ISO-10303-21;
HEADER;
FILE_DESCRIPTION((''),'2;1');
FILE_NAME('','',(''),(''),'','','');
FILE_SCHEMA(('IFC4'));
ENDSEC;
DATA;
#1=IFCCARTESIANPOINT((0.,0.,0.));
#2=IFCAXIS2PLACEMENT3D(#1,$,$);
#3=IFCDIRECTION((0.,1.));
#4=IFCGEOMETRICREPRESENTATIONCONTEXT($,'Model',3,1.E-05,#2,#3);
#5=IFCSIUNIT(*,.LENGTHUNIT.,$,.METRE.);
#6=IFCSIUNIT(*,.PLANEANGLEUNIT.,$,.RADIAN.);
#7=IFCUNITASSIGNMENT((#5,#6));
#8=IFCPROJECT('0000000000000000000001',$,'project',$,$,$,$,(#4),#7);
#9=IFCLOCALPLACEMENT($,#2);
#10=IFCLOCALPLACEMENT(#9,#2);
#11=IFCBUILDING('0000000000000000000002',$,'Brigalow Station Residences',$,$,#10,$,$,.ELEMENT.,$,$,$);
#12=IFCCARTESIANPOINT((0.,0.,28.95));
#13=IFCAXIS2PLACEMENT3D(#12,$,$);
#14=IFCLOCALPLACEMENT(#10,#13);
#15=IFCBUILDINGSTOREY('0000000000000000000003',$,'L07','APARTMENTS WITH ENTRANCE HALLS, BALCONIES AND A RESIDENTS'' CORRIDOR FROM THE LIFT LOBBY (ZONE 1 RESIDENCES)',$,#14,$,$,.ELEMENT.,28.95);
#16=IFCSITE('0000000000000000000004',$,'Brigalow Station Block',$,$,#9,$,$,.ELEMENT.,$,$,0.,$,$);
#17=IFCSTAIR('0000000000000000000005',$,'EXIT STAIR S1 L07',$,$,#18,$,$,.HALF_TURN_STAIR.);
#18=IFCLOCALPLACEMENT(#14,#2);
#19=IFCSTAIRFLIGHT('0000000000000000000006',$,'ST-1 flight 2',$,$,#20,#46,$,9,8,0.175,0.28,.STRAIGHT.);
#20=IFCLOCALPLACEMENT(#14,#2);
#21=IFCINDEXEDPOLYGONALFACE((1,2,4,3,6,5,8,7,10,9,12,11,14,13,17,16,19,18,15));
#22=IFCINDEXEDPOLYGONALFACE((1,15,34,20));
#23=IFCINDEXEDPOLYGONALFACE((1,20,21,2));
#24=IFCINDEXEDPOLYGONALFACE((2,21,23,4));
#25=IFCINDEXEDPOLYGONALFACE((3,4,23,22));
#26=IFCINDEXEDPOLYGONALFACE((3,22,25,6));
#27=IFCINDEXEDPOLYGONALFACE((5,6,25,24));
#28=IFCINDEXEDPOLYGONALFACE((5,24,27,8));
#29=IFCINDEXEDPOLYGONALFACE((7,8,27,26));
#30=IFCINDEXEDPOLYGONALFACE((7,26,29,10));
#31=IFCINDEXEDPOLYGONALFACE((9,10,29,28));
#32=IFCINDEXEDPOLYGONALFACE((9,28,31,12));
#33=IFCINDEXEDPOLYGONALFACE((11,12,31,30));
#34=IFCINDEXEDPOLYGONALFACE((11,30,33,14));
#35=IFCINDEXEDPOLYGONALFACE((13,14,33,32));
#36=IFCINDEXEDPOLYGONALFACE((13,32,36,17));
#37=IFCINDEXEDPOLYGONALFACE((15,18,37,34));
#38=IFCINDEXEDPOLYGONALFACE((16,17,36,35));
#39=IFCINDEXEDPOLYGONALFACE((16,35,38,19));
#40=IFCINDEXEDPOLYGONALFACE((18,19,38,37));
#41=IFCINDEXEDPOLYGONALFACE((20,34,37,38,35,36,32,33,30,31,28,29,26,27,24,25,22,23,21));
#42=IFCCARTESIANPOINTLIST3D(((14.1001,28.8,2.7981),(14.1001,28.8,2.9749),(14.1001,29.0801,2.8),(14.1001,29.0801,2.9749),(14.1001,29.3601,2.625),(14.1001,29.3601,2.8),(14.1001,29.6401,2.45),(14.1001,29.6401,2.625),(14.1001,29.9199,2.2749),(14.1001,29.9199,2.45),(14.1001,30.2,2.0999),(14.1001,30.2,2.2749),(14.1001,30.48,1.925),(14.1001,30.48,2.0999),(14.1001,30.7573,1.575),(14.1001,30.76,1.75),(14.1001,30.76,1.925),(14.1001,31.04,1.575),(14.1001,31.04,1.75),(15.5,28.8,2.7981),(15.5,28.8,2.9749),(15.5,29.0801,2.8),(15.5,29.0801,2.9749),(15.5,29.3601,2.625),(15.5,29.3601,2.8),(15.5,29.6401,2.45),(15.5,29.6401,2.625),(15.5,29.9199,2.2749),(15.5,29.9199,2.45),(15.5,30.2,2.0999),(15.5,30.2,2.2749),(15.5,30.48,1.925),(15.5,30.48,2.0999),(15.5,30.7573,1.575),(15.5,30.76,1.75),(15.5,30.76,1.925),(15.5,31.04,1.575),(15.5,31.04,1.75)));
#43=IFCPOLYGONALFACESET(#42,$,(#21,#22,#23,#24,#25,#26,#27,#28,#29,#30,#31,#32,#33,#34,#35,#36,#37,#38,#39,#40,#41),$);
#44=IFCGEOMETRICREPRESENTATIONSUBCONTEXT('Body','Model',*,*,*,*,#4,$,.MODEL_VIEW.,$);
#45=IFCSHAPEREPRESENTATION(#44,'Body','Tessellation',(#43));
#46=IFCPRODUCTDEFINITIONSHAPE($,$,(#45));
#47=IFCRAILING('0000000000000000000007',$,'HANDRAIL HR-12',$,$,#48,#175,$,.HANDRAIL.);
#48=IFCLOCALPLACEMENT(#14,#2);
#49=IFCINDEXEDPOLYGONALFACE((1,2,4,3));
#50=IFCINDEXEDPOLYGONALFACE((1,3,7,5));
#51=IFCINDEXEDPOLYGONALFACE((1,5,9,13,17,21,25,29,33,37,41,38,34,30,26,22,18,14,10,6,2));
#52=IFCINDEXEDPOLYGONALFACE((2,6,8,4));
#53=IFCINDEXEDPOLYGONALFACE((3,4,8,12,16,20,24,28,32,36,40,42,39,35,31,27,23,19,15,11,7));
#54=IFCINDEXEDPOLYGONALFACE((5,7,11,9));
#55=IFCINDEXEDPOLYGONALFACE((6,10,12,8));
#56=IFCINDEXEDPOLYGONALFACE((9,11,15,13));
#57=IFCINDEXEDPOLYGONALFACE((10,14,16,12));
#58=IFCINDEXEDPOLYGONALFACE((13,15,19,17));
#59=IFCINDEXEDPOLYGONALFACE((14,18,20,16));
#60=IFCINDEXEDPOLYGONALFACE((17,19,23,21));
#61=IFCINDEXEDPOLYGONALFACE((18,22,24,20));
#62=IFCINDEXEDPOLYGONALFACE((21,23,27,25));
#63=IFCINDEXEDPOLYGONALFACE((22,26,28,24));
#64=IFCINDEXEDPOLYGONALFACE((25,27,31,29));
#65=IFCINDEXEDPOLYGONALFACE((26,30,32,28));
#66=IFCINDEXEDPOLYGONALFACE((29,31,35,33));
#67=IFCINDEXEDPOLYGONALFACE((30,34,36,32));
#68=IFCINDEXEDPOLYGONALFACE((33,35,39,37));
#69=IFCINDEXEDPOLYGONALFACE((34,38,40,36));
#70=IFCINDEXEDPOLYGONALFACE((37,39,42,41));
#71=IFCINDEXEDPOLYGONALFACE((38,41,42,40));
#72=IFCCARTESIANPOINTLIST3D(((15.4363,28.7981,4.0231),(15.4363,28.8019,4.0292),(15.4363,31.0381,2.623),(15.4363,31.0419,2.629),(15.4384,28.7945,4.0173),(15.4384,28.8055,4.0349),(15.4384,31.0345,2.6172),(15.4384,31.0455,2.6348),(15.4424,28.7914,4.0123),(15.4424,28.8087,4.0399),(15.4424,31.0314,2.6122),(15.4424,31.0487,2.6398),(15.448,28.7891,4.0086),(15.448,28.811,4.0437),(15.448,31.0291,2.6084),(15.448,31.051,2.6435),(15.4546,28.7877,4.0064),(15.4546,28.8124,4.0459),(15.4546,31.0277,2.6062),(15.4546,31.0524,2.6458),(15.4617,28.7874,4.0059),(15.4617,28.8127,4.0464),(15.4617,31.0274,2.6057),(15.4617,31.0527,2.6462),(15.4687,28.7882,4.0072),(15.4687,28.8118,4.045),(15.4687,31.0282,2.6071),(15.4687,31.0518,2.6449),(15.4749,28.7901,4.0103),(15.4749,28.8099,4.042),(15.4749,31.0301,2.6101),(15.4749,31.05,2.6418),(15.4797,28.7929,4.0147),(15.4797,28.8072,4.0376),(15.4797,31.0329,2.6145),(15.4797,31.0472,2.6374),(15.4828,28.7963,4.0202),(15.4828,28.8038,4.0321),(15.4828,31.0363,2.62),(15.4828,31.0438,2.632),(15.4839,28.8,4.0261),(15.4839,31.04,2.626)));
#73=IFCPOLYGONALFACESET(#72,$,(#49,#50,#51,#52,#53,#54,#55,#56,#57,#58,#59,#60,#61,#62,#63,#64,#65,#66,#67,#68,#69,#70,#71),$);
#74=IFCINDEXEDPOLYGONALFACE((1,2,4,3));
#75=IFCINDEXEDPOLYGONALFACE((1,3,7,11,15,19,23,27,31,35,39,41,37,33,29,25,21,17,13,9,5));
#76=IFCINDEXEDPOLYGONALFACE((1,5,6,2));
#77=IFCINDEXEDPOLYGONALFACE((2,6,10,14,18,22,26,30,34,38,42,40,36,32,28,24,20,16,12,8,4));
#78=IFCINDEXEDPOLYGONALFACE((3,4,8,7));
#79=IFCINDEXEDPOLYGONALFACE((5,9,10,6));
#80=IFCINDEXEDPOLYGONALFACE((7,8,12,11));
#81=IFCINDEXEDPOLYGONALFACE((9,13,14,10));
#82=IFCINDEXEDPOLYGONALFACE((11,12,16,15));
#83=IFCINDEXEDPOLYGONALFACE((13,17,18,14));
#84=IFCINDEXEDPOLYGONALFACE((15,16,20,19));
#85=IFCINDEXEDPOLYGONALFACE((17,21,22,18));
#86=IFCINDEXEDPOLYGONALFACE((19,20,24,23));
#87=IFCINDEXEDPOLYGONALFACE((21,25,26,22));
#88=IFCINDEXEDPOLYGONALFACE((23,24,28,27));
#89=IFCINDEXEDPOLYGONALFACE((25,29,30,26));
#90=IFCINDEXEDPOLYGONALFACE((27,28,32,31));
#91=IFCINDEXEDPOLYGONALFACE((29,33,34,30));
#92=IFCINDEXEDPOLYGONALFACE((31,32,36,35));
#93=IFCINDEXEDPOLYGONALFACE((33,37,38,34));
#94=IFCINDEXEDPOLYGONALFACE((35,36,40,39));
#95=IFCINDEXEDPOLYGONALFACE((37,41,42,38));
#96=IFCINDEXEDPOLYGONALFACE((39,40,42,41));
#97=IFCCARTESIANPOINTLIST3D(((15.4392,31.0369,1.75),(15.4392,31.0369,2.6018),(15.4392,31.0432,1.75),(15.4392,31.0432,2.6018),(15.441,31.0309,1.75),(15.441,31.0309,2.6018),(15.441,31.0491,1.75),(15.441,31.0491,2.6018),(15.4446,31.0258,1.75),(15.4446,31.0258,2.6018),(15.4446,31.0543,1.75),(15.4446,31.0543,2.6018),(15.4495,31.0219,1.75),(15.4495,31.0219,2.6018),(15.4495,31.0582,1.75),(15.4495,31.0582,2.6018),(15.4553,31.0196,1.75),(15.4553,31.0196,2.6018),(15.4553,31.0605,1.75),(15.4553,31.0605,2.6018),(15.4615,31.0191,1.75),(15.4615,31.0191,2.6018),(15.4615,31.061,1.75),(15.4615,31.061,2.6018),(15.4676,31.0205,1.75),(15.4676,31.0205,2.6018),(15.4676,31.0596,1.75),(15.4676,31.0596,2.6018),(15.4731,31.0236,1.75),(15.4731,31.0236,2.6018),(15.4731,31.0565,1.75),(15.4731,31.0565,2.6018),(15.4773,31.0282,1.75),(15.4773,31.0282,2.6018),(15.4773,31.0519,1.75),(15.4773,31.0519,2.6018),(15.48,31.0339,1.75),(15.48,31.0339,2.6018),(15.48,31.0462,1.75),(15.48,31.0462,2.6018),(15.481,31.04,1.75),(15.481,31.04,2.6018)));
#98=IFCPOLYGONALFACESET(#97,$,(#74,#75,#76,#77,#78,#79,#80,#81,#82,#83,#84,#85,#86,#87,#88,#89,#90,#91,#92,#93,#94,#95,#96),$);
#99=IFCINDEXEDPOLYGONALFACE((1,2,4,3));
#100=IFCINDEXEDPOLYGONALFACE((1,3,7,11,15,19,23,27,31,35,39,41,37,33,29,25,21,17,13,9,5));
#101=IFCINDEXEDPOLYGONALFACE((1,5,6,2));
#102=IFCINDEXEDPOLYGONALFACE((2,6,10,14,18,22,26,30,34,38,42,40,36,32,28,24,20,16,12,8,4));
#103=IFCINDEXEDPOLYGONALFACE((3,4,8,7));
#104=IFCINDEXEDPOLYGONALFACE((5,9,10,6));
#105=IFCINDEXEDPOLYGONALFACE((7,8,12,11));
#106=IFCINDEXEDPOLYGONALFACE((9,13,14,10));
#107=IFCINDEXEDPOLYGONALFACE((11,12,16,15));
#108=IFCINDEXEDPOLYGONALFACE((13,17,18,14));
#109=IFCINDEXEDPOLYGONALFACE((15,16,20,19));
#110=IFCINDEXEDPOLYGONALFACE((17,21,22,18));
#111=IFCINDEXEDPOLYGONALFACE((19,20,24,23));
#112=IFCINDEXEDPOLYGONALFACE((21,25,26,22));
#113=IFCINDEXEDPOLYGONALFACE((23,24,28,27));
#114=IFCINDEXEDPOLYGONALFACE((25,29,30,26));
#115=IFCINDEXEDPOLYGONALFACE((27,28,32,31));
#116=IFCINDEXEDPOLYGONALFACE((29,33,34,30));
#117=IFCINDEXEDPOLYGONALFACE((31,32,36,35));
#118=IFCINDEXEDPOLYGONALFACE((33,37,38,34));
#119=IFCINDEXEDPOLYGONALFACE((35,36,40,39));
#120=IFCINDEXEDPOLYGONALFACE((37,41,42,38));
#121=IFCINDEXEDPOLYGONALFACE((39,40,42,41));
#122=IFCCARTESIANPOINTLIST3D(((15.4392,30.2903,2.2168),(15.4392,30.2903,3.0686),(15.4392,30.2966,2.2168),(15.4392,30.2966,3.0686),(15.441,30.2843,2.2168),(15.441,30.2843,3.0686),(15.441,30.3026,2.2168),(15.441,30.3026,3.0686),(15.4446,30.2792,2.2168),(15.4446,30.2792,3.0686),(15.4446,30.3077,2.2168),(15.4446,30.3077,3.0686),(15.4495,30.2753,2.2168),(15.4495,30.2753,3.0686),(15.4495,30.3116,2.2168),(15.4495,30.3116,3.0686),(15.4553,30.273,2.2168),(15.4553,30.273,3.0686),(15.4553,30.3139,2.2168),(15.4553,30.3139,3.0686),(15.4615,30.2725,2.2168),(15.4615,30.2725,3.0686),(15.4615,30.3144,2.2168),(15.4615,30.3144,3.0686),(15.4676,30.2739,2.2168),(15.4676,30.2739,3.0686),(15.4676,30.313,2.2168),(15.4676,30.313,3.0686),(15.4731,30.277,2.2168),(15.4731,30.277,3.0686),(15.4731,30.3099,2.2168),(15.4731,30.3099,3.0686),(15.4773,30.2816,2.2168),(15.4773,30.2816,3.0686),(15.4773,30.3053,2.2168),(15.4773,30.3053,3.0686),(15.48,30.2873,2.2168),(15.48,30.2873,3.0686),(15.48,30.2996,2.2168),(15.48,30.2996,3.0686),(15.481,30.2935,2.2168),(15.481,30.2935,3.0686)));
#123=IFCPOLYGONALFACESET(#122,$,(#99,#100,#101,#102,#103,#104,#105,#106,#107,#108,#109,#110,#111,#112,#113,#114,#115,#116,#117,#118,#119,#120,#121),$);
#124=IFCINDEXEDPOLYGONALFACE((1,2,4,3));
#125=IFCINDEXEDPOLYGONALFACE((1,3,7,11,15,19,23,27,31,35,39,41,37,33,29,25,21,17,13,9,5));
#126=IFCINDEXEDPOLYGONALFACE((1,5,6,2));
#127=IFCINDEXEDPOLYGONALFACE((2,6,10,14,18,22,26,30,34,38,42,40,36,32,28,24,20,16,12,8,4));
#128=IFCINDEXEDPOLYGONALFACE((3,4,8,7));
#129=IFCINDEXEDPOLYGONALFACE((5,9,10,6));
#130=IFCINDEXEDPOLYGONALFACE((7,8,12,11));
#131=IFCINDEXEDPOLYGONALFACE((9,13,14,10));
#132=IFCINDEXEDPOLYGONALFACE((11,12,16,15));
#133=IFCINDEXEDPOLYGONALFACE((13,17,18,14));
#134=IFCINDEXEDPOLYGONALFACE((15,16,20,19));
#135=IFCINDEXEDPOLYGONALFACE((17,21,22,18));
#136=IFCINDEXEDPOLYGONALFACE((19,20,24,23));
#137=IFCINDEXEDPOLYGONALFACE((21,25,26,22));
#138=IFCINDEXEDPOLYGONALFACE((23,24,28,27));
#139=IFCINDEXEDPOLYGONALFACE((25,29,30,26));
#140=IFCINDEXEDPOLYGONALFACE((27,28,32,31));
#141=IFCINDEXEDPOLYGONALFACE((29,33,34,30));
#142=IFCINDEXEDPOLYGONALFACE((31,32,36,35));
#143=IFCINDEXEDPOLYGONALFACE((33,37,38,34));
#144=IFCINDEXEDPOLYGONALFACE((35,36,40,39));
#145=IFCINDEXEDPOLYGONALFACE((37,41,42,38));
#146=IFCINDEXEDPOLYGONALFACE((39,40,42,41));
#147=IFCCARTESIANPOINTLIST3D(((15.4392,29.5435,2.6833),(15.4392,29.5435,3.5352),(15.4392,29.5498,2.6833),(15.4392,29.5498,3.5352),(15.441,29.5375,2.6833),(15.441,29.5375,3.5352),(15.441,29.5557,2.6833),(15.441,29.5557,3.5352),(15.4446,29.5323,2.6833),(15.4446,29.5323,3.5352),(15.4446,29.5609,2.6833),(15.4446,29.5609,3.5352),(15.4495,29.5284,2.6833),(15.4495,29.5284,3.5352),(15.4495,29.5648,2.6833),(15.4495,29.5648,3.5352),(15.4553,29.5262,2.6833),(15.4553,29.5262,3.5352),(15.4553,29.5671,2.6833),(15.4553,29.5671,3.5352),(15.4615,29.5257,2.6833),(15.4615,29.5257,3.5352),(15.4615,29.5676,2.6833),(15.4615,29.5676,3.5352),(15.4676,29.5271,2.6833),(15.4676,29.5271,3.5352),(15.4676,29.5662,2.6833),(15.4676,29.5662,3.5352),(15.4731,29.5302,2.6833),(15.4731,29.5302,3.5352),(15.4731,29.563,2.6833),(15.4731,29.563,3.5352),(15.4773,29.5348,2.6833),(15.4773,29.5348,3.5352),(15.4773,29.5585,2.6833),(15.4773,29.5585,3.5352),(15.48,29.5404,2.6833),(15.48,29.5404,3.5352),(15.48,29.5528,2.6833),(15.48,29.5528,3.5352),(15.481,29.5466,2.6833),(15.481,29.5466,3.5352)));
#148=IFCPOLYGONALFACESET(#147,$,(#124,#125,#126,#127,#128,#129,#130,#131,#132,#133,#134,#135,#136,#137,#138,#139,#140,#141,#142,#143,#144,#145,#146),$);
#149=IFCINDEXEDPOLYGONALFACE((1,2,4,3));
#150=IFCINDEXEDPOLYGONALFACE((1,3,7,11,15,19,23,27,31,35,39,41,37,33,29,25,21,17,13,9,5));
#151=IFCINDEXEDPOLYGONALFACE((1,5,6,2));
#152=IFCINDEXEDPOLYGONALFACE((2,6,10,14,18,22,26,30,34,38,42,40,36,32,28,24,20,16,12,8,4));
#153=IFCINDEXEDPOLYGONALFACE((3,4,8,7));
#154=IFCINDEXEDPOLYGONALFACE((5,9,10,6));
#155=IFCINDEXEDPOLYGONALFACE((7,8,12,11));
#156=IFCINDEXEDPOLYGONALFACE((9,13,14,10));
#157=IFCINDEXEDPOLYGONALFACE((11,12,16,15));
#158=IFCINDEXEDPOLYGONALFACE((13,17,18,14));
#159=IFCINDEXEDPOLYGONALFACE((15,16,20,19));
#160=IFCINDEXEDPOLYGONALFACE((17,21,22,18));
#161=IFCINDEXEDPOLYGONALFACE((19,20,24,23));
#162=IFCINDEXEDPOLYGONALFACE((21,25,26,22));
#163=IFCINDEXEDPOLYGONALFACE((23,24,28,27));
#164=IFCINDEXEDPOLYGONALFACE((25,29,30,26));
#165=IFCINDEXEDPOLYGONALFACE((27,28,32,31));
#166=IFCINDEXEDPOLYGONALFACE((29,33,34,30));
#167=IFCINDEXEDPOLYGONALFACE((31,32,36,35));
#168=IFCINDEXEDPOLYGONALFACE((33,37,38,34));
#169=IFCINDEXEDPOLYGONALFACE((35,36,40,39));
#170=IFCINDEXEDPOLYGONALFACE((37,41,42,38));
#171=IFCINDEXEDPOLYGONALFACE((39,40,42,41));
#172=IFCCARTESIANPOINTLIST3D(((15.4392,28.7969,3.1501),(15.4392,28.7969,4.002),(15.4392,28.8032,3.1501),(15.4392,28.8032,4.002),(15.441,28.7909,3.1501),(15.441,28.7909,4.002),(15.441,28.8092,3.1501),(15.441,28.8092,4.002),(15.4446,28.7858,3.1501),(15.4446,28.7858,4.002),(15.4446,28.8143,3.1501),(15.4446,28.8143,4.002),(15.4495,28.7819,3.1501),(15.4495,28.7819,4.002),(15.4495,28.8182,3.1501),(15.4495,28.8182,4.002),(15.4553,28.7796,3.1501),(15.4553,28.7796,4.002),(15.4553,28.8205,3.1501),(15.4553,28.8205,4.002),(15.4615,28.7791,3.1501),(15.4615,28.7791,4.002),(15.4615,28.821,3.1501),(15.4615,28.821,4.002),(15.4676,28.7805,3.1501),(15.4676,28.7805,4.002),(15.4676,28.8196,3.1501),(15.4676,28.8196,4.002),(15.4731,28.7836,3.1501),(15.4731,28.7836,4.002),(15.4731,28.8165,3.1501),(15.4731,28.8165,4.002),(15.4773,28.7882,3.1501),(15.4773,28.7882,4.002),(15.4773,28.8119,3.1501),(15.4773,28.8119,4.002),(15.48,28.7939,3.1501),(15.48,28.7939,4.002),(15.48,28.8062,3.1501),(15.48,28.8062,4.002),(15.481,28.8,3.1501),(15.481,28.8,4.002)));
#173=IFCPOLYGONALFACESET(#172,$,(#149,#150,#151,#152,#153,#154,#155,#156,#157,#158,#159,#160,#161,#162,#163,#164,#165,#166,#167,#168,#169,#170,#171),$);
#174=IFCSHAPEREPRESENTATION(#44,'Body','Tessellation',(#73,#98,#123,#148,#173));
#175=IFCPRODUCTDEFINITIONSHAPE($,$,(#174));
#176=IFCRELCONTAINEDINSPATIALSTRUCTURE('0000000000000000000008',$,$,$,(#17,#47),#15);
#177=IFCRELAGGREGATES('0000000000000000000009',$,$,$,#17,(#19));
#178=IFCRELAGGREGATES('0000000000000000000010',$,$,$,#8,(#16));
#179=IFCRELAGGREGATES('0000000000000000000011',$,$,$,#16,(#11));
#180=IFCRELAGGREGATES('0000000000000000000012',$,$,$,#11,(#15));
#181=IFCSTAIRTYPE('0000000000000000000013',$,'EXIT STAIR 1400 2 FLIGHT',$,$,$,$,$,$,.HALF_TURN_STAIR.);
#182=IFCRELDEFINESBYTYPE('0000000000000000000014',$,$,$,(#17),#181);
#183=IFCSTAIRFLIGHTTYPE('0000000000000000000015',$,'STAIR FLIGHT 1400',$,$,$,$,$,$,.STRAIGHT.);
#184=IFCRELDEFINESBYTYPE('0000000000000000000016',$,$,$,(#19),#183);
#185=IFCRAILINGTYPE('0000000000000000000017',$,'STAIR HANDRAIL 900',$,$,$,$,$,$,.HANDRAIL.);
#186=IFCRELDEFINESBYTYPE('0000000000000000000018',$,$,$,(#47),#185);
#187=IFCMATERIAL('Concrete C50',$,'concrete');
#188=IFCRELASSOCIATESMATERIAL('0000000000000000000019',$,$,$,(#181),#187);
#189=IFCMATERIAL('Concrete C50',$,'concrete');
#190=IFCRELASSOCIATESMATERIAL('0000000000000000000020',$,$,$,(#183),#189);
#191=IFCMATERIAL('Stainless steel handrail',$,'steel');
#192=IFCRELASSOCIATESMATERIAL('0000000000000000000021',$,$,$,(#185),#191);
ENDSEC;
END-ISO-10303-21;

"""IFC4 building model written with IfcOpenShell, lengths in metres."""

from ifc_helpers import new_model, si_unit, direction, frame, origin, origin_2d, place, context, subcontext, project, spatial, polyline, circle, outline, extrude, material, type_object, element, aggregate, save


model = new_model("IFC4")

# Units and contexts
model_context = context("Model", 3, precision=1e-05, world=origin(), true_north=direction((0.0, 1.0)))
body_context = subcontext(model_context, "Body", "Model", "MODEL_VIEW")
ifc_project = project(units=[si_unit("LENGTHUNIT", "METRE"), si_unit("PLANEANGLEUNIT", "RADIAN")], contexts=[model_context])

# Site, building, storey
site_placement = place(None, origin())
site = spatial("IfcSite", under=ifc_project, at=site_placement, Name="Brigalow Station Block", CompositionType="ELEMENT", RefElevation=0.0)
building_placement = place(site_placement, origin())
building = spatial("IfcBuilding", under=site, at=building_placement, Name="Brigalow Station Residences", CompositionType="ELEMENT")
storey_placement = place(building_placement, frame((0.0, 0.0, 28.95)))
storey = spatial("IfcBuildingStorey", under=building, at=storey_placement, Name="L07", Description="APARTMENTS WITH ENTRANCE HALLS, BALCONIES AND A RESIDENTS' CORRIDOR FROM THE LIFT LOBBY (ZONE 1 RESIDENCES)", CompositionType="ELEMENT", Elevation=28.95)

# Stair, stair flight
ifc_material_1 = material(Name="Concrete C50", Category="concrete")
stair_type = type_object("IfcStairType", Name="EXIT STAIR 1400 2 FLIGHT", PredefinedType="HALF_TURN_STAIR", material=ifc_material_1)
stair_placement = place(storey_placement, origin())
stair = element("IfcStair", 1, at=stair_placement, inside=storey, type_object=stair_type, Name="EXIT STAIR S1 L07", PredefinedType="HALF_TURN_STAIR")
ifc_material_2 = material(Name="Concrete C50", Category="concrete")
stair_flight_type = type_object("IfcStairFlightType", Name="STAIR FLIGHT 1400", PredefinedType="STRAIGHT", material=ifc_material_2)
stair_flight_1_placement = place(storey_placement, frame((14.8, 31.04, 1.575), z_axis=(0.0, 0.0, 1.0), x_axis=(0.0, -1.0, 0.0)))
stair_flight_1 = element("IfcStairFlight", 2, at=stair_flight_1_placement, type_object=stair_flight_type, Name="ST-1 flight 2", NumberOfRisers=9, NumberOfTreads=8, PredefinedType="STRAIGHT", RiserHeight=0.175, TreadLength=0.28, context=body_context, shape_type="SweptSolid", body=[
    extrude(outline(polyline([(0.0, 0.0), (0.0, 0.175), (0.28, 0.175), (0.28, 0.3501), (0.5601, 0.3501), (0.5601, 0.5249), (0.8401, 0.5249), (0.8401, 0.7), (1.1201, 0.7), (1.1201, 0.875), (1.3999, 0.875), (1.3999, 1.05), (1.6799, 1.05), (1.6799, 1.2251), (1.96, 1.2251), (1.96, 1.3999), (2.24, 1.3999), (2.24, 1.575), (2.24, 1.2231), (0.2827, 0.0), (0.0, 0.0)])), frame((0.0, 0.7, 0.0), z_axis=(0.0, -1.0, 0.0), x_axis=(1.0, 0.0, 0.0)), (0.0, 0.0, 1.0), 1.3999),
])
aggregate(stair, [stair_flight_1])

# Railing
ifc_material_3 = material(Name="Stainless steel handrail", Category="steel")
railing_type_1 = type_object("IfcRailingType", Name="STAIR HANDRAIL 900", PredefinedType="HANDRAIL", material=ifc_material_3)
railing_1_placement = place(storey_placement, frame((15.46, 31.04, 1.75)))
element("IfcRailing", 3, at=railing_1_placement, inside=storey, type_object=railing_type_1, Name="HANDRAIL HR-12", PredefinedType="HANDRAIL", context=body_context, shape_type="SweptSolid", body=[
    extrude(circle(Radius=0.0239, at=origin_2d()), frame((0.0, 0.0, 0.876), z_axis=(0.0, -0.847972, 0.53004), x_axis=(1.0, 0.0, 0.0)), (0.0, 0.0, 1.0), 2.6416),
    extrude(circle(Radius=0.021, at=origin_2d()), origin(), (0.0, 0.0, 1.0), 0.8518),
    extrude(circle(Radius=0.021, at=origin_2d()), frame((0.0, -0.7466, 0.4668)), (0.0, 0.0, 1.0), 0.8518),
    extrude(circle(Radius=0.021, at=origin_2d()), frame((0.0, -1.4934, 0.9333)), (0.0, 0.0, 1.0), 0.8518),
    extrude(circle(Radius=0.021, at=origin_2d()), frame((0.0, -2.24, 1.4001)), (0.0, 0.0, 1.0), 0.8518),
])

save(model, "model.ifc")
